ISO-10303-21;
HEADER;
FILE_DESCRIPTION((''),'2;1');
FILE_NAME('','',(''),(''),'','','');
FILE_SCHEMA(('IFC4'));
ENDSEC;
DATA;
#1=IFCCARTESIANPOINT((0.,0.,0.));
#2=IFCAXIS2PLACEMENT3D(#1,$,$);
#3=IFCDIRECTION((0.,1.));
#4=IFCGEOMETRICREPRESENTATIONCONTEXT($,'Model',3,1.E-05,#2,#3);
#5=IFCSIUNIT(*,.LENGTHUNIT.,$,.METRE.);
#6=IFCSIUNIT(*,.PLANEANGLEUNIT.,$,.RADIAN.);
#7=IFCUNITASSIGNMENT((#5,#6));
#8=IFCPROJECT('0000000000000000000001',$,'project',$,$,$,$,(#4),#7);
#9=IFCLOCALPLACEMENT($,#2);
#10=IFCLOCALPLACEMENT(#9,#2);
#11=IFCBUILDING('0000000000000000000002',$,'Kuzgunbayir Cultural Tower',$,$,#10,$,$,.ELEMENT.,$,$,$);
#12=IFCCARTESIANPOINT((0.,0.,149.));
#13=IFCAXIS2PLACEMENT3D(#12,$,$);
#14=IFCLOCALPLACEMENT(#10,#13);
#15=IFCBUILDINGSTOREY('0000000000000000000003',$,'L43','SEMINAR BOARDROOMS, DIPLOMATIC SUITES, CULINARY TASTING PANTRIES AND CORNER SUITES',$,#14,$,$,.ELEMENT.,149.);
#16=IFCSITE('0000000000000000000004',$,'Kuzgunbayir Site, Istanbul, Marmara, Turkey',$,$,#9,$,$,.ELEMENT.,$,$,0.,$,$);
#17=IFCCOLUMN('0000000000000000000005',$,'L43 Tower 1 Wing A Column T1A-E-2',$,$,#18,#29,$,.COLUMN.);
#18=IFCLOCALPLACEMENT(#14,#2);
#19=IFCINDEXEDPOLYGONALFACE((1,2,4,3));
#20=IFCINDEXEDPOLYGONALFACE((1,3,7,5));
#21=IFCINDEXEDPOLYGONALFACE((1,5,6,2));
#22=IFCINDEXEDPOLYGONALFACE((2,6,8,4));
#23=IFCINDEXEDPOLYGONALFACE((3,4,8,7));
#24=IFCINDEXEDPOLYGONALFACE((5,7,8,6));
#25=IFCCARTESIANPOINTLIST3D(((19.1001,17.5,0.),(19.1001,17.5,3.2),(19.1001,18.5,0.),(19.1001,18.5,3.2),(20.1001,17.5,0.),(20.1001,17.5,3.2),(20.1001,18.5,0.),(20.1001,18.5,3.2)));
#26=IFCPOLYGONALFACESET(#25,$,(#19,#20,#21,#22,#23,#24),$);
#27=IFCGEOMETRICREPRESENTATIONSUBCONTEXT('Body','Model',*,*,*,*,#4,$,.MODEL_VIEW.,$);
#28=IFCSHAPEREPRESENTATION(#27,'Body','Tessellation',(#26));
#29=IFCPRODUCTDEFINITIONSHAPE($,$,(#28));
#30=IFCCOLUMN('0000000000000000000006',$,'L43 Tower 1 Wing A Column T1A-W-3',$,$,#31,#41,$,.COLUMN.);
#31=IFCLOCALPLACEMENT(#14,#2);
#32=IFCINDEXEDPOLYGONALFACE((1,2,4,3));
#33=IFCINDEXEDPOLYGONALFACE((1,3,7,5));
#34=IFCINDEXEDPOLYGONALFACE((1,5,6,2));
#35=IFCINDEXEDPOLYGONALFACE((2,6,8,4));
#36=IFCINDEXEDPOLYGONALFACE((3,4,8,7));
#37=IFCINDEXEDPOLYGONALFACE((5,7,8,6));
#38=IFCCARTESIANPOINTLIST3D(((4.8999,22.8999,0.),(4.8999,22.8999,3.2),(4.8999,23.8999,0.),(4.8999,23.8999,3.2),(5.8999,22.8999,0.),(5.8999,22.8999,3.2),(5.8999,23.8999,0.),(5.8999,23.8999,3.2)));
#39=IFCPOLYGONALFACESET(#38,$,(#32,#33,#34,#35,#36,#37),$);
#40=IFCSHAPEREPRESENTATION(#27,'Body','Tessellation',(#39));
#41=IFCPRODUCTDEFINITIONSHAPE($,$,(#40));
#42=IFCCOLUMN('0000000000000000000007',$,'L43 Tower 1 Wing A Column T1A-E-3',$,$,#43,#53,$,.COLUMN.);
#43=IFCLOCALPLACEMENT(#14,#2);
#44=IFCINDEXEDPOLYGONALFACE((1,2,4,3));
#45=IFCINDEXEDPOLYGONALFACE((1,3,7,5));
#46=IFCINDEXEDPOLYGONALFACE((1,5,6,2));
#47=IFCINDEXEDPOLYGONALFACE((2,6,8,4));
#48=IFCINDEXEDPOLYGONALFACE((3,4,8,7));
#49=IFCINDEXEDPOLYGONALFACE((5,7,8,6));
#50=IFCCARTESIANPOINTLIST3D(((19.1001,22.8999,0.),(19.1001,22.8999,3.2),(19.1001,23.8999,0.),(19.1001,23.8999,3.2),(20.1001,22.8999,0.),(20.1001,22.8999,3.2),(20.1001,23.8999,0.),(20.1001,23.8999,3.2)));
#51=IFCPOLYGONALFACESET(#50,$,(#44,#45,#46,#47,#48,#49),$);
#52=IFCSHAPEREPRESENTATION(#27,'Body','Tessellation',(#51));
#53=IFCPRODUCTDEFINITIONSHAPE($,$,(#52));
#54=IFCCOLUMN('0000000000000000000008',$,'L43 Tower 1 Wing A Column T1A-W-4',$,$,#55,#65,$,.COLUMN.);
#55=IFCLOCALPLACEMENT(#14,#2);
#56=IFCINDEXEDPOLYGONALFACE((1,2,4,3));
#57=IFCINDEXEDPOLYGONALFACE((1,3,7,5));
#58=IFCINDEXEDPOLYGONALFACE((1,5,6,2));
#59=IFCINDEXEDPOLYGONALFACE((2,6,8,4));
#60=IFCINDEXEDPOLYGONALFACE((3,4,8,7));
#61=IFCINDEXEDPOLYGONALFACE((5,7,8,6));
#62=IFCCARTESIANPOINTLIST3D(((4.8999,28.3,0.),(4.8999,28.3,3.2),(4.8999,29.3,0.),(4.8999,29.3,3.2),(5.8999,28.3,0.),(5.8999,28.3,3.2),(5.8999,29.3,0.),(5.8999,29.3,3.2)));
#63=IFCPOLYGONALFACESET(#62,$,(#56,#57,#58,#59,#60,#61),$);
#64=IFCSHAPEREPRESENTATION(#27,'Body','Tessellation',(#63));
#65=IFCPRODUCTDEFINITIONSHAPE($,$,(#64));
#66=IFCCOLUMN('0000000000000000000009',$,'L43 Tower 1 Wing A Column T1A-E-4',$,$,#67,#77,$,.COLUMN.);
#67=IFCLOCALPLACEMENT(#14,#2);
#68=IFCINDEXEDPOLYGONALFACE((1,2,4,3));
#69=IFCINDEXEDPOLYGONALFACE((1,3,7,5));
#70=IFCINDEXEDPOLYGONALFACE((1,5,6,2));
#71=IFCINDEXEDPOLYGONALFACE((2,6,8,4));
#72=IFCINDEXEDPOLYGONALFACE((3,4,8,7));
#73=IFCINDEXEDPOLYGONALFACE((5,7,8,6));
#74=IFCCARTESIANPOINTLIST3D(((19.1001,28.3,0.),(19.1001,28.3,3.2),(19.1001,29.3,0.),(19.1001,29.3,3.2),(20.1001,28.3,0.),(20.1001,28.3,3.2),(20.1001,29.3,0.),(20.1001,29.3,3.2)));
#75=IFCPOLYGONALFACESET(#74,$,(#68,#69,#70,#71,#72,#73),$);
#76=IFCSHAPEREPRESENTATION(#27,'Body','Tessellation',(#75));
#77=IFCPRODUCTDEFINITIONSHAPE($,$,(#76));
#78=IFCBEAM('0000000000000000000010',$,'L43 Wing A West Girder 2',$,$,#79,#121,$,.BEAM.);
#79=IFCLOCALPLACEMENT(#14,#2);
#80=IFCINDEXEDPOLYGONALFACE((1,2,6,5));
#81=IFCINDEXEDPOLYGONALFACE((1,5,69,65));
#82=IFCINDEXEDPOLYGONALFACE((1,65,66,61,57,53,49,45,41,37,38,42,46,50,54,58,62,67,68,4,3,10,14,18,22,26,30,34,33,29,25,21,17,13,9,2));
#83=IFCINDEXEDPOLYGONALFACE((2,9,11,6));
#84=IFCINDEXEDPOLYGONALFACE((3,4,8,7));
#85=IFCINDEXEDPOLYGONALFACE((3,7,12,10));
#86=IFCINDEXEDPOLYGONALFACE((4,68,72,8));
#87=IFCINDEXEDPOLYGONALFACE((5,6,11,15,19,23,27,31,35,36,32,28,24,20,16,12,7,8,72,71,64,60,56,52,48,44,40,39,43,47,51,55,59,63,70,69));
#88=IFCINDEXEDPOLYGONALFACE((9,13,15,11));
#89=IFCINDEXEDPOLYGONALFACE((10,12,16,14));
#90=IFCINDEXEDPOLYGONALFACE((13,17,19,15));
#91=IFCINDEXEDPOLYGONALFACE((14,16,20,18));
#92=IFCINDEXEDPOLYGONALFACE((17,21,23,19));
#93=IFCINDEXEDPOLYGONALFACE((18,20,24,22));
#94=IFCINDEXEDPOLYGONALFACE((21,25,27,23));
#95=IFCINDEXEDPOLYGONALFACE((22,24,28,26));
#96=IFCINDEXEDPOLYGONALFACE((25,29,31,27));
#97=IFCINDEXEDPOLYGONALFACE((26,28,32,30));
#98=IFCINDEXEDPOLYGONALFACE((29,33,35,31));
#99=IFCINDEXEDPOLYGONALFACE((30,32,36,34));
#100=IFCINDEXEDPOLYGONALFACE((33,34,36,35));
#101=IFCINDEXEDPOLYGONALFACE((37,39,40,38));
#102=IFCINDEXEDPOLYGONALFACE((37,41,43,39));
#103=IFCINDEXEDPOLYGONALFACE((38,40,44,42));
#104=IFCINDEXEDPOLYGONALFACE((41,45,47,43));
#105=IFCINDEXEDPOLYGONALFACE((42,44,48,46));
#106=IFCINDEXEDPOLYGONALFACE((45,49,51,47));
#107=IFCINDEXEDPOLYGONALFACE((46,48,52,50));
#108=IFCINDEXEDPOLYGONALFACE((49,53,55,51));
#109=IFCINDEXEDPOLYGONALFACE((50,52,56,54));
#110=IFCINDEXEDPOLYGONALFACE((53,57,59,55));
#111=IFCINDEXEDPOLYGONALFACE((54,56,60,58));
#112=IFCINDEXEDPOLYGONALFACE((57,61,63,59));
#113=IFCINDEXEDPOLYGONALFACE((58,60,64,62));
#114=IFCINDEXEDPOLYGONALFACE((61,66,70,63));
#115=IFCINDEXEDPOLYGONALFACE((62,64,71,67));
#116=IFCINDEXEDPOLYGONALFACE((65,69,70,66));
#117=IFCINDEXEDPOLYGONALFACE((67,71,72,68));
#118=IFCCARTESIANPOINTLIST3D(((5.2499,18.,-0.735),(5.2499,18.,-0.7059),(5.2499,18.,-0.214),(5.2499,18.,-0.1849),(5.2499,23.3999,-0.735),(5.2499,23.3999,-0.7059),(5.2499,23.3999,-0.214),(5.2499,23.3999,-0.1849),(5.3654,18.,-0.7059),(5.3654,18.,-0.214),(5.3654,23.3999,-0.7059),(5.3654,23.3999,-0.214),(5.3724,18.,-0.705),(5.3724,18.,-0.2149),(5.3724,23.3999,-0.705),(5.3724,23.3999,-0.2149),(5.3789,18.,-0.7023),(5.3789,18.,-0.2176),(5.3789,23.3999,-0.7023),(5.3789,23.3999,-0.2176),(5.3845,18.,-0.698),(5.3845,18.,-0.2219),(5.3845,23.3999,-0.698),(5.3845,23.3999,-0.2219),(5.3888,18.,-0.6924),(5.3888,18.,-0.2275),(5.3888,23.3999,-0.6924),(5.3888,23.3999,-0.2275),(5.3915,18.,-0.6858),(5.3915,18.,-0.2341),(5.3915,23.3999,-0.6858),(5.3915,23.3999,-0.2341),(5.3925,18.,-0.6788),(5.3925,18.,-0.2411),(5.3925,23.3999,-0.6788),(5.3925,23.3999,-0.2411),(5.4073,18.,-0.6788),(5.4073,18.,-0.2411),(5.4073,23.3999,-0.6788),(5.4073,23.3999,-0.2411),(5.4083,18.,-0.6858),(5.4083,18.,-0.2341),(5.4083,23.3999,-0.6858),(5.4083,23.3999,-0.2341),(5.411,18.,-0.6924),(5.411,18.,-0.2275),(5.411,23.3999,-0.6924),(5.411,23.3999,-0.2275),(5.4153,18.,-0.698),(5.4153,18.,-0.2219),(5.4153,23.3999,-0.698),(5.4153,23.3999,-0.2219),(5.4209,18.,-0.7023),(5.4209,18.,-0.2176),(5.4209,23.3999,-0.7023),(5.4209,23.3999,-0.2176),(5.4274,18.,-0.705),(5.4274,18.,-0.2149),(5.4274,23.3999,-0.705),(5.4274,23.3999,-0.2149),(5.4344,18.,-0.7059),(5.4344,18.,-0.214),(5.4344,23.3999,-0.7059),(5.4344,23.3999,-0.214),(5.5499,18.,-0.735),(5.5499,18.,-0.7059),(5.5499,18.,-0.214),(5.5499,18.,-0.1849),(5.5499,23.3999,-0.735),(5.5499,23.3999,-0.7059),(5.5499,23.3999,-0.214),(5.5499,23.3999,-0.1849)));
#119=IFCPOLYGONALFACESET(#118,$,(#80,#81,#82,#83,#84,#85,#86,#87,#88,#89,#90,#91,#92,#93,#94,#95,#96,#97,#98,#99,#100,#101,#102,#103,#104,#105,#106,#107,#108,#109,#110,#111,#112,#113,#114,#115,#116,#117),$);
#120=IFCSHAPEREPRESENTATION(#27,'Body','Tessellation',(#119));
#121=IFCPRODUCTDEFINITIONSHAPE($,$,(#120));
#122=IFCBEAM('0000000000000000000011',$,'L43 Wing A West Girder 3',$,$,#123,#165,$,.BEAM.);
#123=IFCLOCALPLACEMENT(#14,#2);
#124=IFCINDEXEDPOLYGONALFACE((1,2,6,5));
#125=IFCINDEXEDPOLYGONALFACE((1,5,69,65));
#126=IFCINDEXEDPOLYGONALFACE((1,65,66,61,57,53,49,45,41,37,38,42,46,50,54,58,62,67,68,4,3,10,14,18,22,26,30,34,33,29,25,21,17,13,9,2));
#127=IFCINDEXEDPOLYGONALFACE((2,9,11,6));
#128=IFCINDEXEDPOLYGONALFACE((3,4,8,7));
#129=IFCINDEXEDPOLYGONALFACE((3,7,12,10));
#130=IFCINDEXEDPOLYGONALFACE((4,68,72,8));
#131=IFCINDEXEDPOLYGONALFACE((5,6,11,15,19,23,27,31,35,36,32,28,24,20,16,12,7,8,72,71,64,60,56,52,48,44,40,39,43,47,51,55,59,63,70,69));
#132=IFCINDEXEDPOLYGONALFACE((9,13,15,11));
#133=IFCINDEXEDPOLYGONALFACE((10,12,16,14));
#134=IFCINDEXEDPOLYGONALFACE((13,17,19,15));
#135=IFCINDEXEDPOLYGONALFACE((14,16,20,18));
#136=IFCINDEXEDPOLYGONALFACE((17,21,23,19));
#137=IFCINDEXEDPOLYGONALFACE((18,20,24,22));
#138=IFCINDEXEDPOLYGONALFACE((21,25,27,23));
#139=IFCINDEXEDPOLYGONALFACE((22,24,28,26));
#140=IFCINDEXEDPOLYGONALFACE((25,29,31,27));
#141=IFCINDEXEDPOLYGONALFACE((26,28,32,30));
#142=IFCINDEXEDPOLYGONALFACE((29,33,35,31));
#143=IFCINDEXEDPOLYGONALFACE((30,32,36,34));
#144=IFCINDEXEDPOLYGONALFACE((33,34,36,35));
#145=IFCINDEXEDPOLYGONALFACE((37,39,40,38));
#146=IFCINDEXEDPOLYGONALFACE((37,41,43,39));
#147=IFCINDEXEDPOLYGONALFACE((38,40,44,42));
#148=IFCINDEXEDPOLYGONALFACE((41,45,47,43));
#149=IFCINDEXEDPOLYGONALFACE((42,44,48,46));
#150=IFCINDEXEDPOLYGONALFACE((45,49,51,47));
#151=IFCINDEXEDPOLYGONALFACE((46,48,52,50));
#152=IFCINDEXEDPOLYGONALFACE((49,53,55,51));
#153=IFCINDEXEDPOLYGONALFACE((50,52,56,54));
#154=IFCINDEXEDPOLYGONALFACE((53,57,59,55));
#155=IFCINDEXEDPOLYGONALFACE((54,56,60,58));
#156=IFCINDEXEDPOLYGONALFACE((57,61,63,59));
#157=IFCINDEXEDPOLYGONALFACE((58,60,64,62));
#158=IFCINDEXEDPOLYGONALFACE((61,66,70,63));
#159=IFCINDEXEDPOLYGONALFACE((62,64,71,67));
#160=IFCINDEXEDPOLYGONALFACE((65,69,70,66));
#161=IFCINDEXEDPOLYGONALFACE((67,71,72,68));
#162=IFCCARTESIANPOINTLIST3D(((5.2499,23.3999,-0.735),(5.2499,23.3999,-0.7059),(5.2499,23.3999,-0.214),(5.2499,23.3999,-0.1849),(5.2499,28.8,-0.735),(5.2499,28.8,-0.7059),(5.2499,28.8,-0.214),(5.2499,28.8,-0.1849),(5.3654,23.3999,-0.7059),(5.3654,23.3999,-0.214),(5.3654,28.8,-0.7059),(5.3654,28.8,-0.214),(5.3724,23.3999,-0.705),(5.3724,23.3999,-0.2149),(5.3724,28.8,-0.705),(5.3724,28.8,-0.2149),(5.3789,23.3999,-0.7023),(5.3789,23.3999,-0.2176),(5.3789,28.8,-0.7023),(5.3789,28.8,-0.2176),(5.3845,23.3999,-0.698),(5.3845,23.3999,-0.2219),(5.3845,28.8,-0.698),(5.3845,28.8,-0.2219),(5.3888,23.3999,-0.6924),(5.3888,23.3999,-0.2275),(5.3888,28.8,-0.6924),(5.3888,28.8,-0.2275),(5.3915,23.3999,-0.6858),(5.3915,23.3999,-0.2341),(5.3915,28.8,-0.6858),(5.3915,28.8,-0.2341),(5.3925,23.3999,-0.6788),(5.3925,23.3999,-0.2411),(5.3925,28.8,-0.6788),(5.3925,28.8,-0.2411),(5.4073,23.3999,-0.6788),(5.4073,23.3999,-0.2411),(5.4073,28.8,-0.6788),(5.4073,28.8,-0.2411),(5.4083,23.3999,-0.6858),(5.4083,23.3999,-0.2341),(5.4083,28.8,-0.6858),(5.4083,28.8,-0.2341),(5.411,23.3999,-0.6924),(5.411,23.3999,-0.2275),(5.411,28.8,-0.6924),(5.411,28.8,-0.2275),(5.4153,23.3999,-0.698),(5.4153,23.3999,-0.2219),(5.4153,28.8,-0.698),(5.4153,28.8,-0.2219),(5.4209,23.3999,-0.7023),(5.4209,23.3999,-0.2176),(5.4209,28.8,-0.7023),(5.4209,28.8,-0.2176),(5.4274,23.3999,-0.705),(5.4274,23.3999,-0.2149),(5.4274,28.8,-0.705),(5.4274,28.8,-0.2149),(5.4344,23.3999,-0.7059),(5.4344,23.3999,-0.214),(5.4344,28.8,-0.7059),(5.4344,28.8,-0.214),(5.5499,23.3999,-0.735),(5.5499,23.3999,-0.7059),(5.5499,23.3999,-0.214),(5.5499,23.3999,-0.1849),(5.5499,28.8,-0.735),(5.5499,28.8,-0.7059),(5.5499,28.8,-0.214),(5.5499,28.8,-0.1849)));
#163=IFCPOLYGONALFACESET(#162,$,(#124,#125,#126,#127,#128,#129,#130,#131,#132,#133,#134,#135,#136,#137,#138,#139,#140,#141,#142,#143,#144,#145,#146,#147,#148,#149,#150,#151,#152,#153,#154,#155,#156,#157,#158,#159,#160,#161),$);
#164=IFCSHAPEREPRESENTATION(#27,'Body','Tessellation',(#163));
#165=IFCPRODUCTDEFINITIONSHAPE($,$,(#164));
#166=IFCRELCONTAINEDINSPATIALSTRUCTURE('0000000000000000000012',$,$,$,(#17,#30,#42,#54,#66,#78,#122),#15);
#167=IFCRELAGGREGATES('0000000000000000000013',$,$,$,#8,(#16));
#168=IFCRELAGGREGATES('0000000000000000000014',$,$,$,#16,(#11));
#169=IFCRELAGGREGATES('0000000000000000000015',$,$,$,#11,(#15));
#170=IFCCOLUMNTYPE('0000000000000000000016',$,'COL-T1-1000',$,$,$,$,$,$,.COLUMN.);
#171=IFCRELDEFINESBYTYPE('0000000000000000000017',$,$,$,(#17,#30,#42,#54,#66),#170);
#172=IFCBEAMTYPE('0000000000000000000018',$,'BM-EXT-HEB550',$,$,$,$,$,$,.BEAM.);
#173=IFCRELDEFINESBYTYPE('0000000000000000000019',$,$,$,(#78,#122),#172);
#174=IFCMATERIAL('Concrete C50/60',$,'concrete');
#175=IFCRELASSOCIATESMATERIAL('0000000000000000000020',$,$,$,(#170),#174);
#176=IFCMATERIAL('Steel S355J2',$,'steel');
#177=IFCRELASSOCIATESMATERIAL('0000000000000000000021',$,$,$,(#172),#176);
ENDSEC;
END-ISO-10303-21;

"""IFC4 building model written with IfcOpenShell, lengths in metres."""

from ifc_helpers import new_model, si_unit, direction, frame, origin, origin_2d, place, context, subcontext, project, spatial, rectangle, i_section, extrude, material, material_profile, profile_set, type_object, element, save


model = new_model("IFC4")

# Units and contexts
model_context = context("Model", 3, precision=1e-05, world=origin(), true_north=direction((0.0, 1.0)))
body_context = subcontext(model_context, "Body", "Model", "MODEL_VIEW")
ifc_project = project(units=[si_unit("LENGTHUNIT", "METRE"), si_unit("PLANEANGLEUNIT", "RADIAN")], contexts=[model_context])

# Site, building, storey
site_placement = place(None, origin())
site = spatial("IfcSite", under=ifc_project, at=site_placement, Name="Kuzgunbayir Site, Istanbul, Marmara, Turkey", CompositionType="ELEMENT", RefElevation=0.0)
building_placement = place(site_placement, origin())
building = spatial("IfcBuilding", under=site, at=building_placement, Name="Kuzgunbayir Cultural Tower", CompositionType="ELEMENT")
storey_placement = place(building_placement, frame((0.0, 0.0, 149.0)))
storey = spatial("IfcBuildingStorey", under=building, at=storey_placement, Name="L43", Description="SEMINAR BOARDROOMS, DIPLOMATIC SUITES, CULINARY TASTING PANTRIES AND CORNER SUITES", CompositionType="ELEMENT", Elevation=149.0)

# Columns
ifc_material_1 = material(Name="Concrete C50/60", Category="concrete")
ifc_material_profile_1 = material_profile(ifc_material_1, rectangle(XDim=1.0, YDim=1.0, at=origin_2d()), Name="RC 1000x1000")
ifc_profile_set_1 = profile_set([ifc_material_profile_1], Name="Concrete C50/60")
column_type = type_object("IfcColumnType", Name="COL-T1-1000", PredefinedType="COLUMN", material=ifc_profile_set_1)
for number, where, z_axis, x_axis, name in (
    (1, (19.6001, 18.0, 0.0), (0.0, 0.0, 1.0), (1.0, 0.0, 0.0), "L43 Tower 1 Wing A Column T1A-E-2"),
    (2, (5.3999, 23.3999, 0.0), (0.0, 0.0, 1.0), (1.0, 0.0, 0.0), "L43 Tower 1 Wing A Column T1A-W-3"),
    (3, (19.6001, 23.3999, 0.0), (0.0, 0.0, 1.0), (1.0, 0.0, 0.0), "L43 Tower 1 Wing A Column T1A-E-3"),
    (4, (5.3999, 28.8, 0.0), (0.0, 0.0, 1.0), (1.0, 0.0, 0.0), "L43 Tower 1 Wing A Column T1A-W-4"),
    (5, (19.6001, 28.8, 0.0), (0.0, 0.0, 1.0), (1.0, 0.0, 0.0), "L43 Tower 1 Wing A Column T1A-E-4"),
):
    element("IfcColumn", number, at=place(storey_placement, frame(where, z_axis=z_axis, x_axis=x_axis)), inside=storey, type_object=column_type, Name=name, PredefinedType="COLUMN", context=body_context, shape_type="SweptSolid", body=[
        extrude(rectangle(XDim=1.0, YDim=1.0, at=origin_2d()), origin(), (0.0, 0.0, 1.0), 3.2),
    ])

# Beams
ifc_material_2 = material(Name="Steel S355J2", Category="steel")
ifc_material_profile_2 = material_profile(ifc_material_2, i_section(OverallWidth=0.3, OverallDepth=0.55, WebThickness=0.0149, FlangeThickness=0.0291, FilletRadius=0.0271, at=origin_2d()), Name="HEB 550")
ifc_profile_set_2 = profile_set([ifc_material_profile_2], Name="Steel S355J2")
beam_type_1 = type_object("IfcBeamType", Name="BM-EXT-HEB550", PredefinedType="BEAM", material=ifc_profile_set_2)
beam_1_placement = place(storey_placement, frame((5.3999, 18.0, -0.46), z_axis=(0.0, 1.0, 0.0), x_axis=(-1.0, 0.0, 0.0)))
element("IfcBeam", 6, at=beam_1_placement, inside=storey, type_object=beam_type_1, Name="L43 Wing A West Girder 2", PredefinedType="BEAM", context=body_context, shape_type="SweptSolid", body=[
    extrude(i_section(OverallWidth=0.3, OverallDepth=0.55, WebThickness=0.0149, FlangeThickness=0.0291, FilletRadius=0.0271, at=origin_2d()), origin(), (0.0, 0.0, 1.0), 5.3999),
])
beam_2_placement = place(storey_placement, frame((5.3999, 23.3999, -0.46), z_axis=(0.0, 1.0, 0.0), x_axis=(-1.0, 0.0, 0.0)))
element("IfcBeam", 7, at=beam_2_placement, inside=storey, type_object=beam_type_1, Name="L43 Wing A West Girder 3", PredefinedType="BEAM", context=body_context, shape_type="SweptSolid", body=[
    extrude(i_section(OverallWidth=0.3, OverallDepth=0.55, WebThickness=0.0149, FlangeThickness=0.0291, FilletRadius=0.0271, at=origin_2d()), origin(), (0.0, 0.0, 1.0), 5.4001),
])

save(model, "model.ifc")
